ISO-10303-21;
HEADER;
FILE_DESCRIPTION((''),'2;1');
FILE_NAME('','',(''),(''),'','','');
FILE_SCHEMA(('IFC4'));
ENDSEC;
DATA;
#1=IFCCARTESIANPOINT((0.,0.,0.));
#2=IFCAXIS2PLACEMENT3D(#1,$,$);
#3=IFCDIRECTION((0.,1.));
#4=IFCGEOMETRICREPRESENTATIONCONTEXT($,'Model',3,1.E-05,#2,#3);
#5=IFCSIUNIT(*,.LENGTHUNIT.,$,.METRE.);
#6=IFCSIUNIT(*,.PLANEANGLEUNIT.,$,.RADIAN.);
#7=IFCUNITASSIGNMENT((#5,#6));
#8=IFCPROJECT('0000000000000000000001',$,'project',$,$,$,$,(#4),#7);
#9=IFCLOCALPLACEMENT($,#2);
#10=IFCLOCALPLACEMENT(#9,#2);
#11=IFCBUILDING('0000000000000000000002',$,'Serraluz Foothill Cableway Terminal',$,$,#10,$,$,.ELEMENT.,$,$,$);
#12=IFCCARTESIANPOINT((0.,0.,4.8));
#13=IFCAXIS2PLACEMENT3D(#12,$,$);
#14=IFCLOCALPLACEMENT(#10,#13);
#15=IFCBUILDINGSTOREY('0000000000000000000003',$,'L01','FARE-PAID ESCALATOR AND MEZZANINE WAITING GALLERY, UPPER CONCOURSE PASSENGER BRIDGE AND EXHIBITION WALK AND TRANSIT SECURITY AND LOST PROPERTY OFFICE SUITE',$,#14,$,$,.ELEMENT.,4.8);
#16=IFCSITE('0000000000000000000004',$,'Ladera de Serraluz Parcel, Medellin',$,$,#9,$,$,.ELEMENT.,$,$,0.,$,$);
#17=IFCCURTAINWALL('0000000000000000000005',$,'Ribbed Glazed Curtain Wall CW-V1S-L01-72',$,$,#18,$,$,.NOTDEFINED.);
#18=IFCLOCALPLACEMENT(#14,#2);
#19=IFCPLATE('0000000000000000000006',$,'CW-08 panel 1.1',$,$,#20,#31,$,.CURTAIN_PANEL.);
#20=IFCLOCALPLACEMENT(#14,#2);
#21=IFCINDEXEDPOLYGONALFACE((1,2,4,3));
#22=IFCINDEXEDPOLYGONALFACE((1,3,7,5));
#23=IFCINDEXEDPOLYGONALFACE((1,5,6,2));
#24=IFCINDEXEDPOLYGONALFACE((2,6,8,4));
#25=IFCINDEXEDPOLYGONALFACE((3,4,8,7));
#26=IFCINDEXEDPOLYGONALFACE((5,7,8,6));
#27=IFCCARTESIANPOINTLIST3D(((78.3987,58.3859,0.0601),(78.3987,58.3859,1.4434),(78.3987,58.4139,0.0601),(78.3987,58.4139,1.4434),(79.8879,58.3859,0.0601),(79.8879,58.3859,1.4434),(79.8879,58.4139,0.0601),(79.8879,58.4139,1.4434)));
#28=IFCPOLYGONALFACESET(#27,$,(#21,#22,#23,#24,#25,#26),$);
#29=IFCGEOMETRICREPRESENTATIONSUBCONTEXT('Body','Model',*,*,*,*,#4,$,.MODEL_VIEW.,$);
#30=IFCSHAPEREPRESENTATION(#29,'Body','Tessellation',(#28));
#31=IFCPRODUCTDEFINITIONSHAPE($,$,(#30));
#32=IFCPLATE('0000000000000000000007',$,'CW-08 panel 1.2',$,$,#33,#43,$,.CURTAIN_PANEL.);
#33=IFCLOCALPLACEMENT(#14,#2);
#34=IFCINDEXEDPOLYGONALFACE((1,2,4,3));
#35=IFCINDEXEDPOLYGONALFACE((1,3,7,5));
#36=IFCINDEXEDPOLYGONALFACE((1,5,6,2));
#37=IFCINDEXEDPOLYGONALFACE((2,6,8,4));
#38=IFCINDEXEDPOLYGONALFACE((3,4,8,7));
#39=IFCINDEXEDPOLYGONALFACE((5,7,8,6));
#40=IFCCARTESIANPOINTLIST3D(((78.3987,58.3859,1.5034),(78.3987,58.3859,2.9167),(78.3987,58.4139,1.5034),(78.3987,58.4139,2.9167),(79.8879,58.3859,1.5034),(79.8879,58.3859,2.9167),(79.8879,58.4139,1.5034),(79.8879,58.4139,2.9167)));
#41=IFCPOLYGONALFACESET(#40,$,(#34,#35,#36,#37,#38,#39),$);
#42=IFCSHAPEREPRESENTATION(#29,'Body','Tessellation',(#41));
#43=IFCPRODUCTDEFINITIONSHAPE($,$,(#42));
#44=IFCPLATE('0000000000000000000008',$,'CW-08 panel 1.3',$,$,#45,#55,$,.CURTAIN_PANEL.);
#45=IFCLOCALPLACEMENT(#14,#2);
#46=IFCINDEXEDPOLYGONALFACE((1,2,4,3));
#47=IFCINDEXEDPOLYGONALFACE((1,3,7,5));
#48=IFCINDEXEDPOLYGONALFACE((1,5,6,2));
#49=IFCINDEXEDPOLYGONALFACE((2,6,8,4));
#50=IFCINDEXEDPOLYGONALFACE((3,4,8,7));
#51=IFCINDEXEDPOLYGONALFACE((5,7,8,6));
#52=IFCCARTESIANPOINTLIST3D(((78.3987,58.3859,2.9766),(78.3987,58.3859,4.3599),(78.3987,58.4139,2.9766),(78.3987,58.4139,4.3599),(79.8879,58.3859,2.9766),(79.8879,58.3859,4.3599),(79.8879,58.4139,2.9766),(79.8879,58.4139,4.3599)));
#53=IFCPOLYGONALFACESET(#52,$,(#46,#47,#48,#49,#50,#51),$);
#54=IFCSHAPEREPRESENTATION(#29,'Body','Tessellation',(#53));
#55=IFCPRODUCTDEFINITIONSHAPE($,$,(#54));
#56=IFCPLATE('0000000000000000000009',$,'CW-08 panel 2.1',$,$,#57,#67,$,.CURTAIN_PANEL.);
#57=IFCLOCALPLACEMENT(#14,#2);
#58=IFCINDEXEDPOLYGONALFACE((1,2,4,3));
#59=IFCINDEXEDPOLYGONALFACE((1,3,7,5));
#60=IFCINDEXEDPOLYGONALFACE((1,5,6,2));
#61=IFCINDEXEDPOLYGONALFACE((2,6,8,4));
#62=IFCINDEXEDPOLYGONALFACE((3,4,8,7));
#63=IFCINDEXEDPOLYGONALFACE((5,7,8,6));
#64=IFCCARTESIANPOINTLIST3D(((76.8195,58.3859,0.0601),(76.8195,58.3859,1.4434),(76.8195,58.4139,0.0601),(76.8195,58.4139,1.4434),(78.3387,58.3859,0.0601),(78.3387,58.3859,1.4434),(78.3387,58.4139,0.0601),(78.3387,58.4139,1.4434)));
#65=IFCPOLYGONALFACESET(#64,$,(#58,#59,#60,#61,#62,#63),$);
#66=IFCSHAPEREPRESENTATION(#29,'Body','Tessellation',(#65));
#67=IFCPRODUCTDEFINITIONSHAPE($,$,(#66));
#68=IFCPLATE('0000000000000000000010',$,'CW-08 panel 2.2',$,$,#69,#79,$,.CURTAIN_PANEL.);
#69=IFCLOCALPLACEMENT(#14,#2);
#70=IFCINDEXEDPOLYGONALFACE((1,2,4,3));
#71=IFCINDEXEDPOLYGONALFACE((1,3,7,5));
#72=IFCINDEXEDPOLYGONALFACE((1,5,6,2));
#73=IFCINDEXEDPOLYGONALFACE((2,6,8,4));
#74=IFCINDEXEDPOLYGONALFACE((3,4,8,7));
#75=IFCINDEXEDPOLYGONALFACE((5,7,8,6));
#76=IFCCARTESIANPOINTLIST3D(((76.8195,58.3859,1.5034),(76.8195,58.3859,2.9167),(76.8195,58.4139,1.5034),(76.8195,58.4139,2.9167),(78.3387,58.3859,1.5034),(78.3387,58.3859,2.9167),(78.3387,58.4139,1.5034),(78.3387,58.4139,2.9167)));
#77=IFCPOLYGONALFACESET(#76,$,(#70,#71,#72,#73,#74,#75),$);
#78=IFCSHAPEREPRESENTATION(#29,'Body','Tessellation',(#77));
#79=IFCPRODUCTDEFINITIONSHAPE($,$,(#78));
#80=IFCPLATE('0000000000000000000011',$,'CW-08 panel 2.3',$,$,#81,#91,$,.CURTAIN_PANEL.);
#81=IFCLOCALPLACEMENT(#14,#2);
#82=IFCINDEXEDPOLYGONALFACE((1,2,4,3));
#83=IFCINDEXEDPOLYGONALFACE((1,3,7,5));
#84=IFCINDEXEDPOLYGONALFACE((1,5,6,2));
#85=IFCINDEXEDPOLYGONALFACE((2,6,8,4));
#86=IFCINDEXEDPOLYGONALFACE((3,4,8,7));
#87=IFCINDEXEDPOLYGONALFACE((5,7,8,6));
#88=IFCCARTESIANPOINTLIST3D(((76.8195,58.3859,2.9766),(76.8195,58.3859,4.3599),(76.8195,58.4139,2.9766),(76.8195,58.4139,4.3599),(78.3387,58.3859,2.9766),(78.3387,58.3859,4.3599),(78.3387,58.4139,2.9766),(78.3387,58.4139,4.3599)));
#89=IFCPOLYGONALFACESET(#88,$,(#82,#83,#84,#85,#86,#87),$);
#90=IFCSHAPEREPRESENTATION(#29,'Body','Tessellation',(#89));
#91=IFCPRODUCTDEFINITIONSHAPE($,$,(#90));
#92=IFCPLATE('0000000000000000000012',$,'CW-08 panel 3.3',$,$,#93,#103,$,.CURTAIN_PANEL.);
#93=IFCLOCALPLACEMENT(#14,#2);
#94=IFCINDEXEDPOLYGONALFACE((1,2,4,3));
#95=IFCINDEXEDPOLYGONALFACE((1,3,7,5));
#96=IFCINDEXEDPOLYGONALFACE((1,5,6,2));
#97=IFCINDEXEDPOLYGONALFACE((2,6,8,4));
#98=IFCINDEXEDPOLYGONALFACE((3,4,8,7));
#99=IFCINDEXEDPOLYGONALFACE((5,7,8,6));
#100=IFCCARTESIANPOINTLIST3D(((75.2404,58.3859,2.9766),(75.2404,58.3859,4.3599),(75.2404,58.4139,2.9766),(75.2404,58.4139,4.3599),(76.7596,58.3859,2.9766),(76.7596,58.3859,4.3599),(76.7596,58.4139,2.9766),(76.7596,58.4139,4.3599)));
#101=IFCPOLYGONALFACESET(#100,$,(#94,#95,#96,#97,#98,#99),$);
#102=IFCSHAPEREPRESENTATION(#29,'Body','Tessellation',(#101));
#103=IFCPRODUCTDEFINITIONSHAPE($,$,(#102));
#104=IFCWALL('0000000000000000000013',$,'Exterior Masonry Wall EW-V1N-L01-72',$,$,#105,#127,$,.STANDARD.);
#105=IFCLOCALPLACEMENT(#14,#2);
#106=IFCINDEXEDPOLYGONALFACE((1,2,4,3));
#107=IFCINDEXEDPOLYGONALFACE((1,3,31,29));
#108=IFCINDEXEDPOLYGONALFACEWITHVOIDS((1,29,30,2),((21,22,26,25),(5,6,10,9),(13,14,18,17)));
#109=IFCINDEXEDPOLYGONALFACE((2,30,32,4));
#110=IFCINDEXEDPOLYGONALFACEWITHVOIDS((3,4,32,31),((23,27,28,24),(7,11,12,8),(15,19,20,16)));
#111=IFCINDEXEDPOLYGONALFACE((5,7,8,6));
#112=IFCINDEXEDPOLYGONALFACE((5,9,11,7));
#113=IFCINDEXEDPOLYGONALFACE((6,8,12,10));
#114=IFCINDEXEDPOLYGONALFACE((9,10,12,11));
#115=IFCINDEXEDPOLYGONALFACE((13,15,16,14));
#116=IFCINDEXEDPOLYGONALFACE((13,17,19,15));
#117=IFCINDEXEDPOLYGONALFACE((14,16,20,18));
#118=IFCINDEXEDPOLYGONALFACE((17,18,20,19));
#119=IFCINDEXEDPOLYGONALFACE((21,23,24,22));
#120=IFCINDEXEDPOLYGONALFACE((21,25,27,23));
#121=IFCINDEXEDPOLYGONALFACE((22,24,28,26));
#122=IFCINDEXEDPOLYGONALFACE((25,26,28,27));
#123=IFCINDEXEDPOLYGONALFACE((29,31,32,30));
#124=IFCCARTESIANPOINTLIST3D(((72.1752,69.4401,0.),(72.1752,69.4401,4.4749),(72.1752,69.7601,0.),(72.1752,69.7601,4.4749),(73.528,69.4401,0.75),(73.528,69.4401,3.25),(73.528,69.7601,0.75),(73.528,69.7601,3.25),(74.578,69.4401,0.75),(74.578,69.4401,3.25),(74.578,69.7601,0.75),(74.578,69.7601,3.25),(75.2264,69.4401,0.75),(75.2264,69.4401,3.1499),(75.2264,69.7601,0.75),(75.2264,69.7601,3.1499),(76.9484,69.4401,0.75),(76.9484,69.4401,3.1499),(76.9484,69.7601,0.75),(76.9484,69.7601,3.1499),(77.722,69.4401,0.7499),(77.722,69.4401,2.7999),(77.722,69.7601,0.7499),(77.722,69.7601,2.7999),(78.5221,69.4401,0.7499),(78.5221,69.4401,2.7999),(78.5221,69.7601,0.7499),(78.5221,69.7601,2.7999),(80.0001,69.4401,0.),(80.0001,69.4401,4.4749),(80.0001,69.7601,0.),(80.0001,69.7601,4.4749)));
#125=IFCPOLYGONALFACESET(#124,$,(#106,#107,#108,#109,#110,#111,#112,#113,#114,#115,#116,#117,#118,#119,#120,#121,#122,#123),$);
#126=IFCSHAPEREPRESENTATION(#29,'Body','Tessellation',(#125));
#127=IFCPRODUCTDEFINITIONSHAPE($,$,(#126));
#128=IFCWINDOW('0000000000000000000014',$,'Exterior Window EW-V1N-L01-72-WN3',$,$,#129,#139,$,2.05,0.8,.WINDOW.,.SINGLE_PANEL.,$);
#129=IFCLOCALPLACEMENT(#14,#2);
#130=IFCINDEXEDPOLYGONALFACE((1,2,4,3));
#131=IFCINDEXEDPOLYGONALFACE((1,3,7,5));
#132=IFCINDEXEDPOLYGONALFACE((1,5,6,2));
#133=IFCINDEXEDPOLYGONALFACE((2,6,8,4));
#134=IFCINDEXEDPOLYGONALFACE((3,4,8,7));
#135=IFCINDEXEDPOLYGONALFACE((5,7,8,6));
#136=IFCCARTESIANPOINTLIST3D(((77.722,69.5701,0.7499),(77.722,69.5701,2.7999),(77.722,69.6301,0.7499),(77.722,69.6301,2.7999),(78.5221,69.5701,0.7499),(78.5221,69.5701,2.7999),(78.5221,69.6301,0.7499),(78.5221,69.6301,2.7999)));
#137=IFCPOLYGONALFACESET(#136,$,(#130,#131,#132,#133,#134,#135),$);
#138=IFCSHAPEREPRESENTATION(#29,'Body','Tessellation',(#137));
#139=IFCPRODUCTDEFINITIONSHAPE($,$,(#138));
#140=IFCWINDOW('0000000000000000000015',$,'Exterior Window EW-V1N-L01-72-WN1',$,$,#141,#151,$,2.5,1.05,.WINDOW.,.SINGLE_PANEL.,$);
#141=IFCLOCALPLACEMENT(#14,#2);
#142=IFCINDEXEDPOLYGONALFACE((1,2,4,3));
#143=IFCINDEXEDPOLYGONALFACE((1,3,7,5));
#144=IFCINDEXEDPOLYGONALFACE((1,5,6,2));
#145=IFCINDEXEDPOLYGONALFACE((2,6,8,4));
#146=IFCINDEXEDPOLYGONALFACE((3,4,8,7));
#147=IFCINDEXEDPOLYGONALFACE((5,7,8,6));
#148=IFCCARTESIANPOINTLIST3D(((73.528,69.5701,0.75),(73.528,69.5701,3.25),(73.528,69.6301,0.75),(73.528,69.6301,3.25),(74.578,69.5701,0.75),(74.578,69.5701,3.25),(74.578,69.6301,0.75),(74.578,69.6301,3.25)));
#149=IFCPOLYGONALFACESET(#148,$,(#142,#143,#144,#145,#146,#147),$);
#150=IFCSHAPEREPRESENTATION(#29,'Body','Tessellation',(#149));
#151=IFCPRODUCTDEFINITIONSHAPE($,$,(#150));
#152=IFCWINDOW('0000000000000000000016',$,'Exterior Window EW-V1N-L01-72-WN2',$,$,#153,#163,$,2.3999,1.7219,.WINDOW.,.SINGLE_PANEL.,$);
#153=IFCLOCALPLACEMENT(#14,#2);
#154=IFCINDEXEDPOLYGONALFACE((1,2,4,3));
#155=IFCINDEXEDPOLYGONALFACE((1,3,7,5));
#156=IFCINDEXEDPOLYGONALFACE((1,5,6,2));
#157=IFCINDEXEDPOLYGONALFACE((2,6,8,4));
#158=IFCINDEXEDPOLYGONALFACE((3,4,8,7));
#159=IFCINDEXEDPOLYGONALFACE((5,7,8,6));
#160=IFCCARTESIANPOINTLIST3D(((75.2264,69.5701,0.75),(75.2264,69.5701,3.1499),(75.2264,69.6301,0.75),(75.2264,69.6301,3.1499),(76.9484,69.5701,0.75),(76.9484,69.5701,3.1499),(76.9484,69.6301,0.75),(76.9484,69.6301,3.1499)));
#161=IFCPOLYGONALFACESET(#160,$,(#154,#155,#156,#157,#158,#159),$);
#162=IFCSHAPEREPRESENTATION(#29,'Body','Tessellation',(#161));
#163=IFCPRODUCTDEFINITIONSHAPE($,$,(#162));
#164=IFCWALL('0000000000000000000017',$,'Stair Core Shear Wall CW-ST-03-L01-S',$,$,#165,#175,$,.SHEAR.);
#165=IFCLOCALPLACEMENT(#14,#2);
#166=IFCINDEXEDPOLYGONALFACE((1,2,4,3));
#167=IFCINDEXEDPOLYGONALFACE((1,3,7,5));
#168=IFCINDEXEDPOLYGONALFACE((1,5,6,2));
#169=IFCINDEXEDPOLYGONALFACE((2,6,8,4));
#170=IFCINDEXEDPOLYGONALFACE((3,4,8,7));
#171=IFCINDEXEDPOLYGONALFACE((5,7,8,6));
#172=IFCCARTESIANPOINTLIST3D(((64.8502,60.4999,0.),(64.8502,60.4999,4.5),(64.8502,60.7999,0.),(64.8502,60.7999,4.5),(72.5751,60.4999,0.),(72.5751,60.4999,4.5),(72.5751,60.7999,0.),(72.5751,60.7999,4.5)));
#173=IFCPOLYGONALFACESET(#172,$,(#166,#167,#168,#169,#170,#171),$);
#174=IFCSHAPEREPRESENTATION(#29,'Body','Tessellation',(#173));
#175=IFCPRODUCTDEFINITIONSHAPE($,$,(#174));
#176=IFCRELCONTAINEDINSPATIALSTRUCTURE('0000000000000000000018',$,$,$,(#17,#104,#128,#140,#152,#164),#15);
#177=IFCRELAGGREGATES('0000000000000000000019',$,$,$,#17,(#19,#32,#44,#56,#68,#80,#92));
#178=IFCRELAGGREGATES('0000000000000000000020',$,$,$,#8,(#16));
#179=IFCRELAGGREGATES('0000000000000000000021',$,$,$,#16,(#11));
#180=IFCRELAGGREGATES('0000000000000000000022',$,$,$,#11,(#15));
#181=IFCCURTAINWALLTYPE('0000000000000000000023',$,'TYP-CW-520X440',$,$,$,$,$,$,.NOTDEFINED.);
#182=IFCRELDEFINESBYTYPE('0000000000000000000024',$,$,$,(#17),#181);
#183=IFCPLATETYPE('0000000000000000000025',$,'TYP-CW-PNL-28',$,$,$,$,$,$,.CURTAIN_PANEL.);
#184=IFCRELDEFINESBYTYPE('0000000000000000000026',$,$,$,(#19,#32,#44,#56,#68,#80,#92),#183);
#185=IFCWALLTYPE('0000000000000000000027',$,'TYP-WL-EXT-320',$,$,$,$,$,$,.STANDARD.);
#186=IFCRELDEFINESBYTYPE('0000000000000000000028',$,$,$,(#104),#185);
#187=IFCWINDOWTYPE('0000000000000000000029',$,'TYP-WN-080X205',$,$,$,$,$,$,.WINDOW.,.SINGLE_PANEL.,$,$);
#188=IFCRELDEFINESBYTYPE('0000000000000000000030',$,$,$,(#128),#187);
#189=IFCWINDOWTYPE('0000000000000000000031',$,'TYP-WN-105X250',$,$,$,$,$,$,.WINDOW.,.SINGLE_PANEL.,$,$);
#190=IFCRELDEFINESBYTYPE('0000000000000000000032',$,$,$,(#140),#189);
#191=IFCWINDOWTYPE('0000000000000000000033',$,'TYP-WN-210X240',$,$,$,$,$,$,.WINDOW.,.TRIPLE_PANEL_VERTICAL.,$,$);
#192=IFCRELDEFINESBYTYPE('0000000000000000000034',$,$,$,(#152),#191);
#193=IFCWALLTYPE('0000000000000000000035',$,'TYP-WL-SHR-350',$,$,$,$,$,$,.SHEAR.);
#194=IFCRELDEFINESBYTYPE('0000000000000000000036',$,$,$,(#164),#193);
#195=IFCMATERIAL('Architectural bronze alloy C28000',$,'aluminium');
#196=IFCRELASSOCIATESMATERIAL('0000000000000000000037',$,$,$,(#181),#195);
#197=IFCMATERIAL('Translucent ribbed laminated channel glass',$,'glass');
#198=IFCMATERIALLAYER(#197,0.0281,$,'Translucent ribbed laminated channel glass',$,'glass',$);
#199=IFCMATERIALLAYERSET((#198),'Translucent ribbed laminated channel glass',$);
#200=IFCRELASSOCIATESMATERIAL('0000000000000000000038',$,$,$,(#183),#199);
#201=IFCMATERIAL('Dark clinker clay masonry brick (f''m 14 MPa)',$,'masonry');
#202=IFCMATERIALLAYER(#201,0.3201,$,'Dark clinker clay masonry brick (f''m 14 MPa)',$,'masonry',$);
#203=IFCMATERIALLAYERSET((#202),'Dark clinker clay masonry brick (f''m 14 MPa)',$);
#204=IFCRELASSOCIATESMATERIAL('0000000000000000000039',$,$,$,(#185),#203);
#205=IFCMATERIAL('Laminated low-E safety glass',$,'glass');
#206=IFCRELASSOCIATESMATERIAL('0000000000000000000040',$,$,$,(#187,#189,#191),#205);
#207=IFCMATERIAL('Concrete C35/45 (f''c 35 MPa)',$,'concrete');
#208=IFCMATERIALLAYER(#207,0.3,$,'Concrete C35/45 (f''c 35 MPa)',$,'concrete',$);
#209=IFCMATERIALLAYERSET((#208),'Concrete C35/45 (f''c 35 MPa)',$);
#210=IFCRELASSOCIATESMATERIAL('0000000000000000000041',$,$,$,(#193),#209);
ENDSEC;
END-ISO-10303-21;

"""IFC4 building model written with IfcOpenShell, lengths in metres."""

from ifc_helpers import new_model, si_unit, direction, frame, frame_2d, origin, origin_2d, place, context, subcontext, project, spatial, rectangle, extrude, material, layer, layer_set, type_object, element, fill, aggregate, save


model = new_model("IFC4")

# Units and contexts
model_context = context("Model", 3, precision=1e-05, world=origin(), true_north=direction((0.0, 1.0)))
body_context = subcontext(model_context, "Body", "Model", "MODEL_VIEW")
ifc_project = project(units=[si_unit("LENGTHUNIT", "METRE"), si_unit("PLANEANGLEUNIT", "RADIAN")], contexts=[model_context])

# Site, building, storey
site_placement = place(None, origin())
site = spatial("IfcSite", under=ifc_project, at=site_placement, Name="Ladera de Serraluz Parcel, Medellin", CompositionType="ELEMENT", RefElevation=0.0)
building_placement = place(site_placement, origin())
building = spatial("IfcBuilding", under=site, at=building_placement, Name="Serraluz Foothill Cableway Terminal", CompositionType="ELEMENT")
storey_placement = place(building_placement, frame((0.0, 0.0, 4.8)))
storey = spatial("IfcBuildingStorey", under=building, at=storey_placement, Name="L01", Description="FARE-PAID ESCALATOR AND MEZZANINE WAITING GALLERY, UPPER CONCOURSE PASSENGER BRIDGE AND EXHIBITION WALK AND TRANSIT SECURITY AND LOST PROPERTY OFFICE SUITE", CompositionType="ELEMENT", Elevation=4.8)

# Shared definitions
ifc_material_1 = material(Name="Concrete C35/45 (f'c 35 MPa)", Category="concrete")
ifc_material_2 = material(Name="Dark clinker clay masonry brick (f'm 14 MPa)", Category="masonry")

# Curtain wall
ifc_material_3 = material(Name="Architectural bronze alloy C28000", Category="aluminium")
curtain_wall_type = type_object("IfcCurtainWallType", Name="TYP-CW-520X440", PredefinedType="NOTDEFINED", material=ifc_material_3)
curtain_wall_placement = place(storey_placement, origin())
curtain_wall = element("IfcCurtainWall", 1, at=curtain_wall_placement, inside=storey, type_object=curtain_wall_type, Name="Ribbed Glazed Curtain Wall CW-V1S-L01-72", PredefinedType="NOTDEFINED")

# Plates
ifc_material_4 = material(Name="Translucent ribbed laminated channel glass", Category="glass")
ifc_layer_1 = layer(ifc_material_4, 0.0281, Name="Translucent ribbed laminated channel glass", Category="glass")
ifc_layer_set_1 = layer_set([ifc_layer_1], Name="Translucent ribbed laminated channel glass")
plate_type = type_object("IfcPlateType", Name="TYP-CW-PNL-28", PredefinedType="CURTAIN_PANEL", material=ifc_layer_set_1)
plate_1_placement = place(storey_placement, frame((79.1433, 58.3999, 0.0601), z_axis=(0.0, 0.0, 1.0), x_axis=(-1.0, 0.0, 0.0)))
plate_1 = element("IfcPlate", 2, at=plate_1_placement, type_object=plate_type, Name="CW-08 panel 1.1", PredefinedType="CURTAIN_PANEL", context=body_context, shape_type="SweptSolid", body=[
    extrude(rectangle(XDim=1.4893, YDim=0.0281, at=origin_2d()), origin(), (0.0, 0.0, 1.0), 1.3833),
])
plate_2_placement = place(storey_placement, frame((79.1433, 58.3999, 1.5034), z_axis=(0.0, 0.0, 1.0), x_axis=(-1.0, 0.0, 0.0)))
plate_2 = element("IfcPlate", 3, at=plate_2_placement, type_object=plate_type, Name="CW-08 panel 1.2", PredefinedType="CURTAIN_PANEL", context=body_context, shape_type="SweptSolid", body=[
    extrude(rectangle(XDim=1.4893, YDim=0.0281, at=origin_2d()), origin(), (0.0, 0.0, 1.0), 1.4133),
])
plate_3_placement = place(storey_placement, frame((79.1433, 58.3999, 2.9766), z_axis=(0.0, 0.0, 1.0), x_axis=(-1.0, 0.0, 0.0)))
plate_3 = element("IfcPlate", 4, at=plate_3_placement, type_object=plate_type, Name="CW-08 panel 1.3", PredefinedType="CURTAIN_PANEL", context=body_context, shape_type="SweptSolid", body=[
    extrude(rectangle(XDim=1.4893, YDim=0.0281, at=origin_2d()), origin(), (0.0, 0.0, 1.0), 1.3833),
])
plate_4_placement = place(storey_placement, frame((77.5791, 58.3999, 0.0601), z_axis=(0.0, 0.0, 1.0), x_axis=(-1.0, 0.0, 0.0)))
plate_4 = element("IfcPlate", 5, at=plate_4_placement, type_object=plate_type, Name="CW-08 panel 2.1", PredefinedType="CURTAIN_PANEL", context=body_context, shape_type="SweptSolid", body=[
    extrude(rectangle(XDim=1.5193, YDim=0.0281, at=origin_2d()), origin(), (0.0, 0.0, 1.0), 1.3833),
])
plate_5_placement = place(storey_placement, frame((77.5791, 58.3999, 1.5034), z_axis=(0.0, 0.0, 1.0), x_axis=(-1.0, 0.0, 0.0)))
plate_5 = element("IfcPlate", 6, at=plate_5_placement, type_object=plate_type, Name="CW-08 panel 2.2", PredefinedType="CURTAIN_PANEL", context=body_context, shape_type="SweptSolid", body=[
    extrude(rectangle(XDim=1.5193, YDim=0.0281, at=origin_2d()), origin(), (0.0, 0.0, 1.0), 1.4133),
])
plate_6_placement = place(storey_placement, frame((77.5791, 58.3999, 2.9766), z_axis=(0.0, 0.0, 1.0), x_axis=(-1.0, 0.0, 0.0)))
plate_6 = element("IfcPlate", 7, at=plate_6_placement, type_object=plate_type, Name="CW-08 panel 2.3", PredefinedType="CURTAIN_PANEL", context=body_context, shape_type="SweptSolid", body=[
    extrude(rectangle(XDim=1.5193, YDim=0.0281, at=origin_2d()), origin(), (0.0, 0.0, 1.0), 1.3833),
])
plate_7_placement = place(storey_placement, frame((76.0, 58.3999, 2.9766), z_axis=(0.0, 0.0, 1.0), x_axis=(-1.0, 0.0, 0.0)))
plate_7 = element("IfcPlate", 8, at=plate_7_placement, type_object=plate_type, Name="CW-08 panel 3.3", PredefinedType="CURTAIN_PANEL", context=body_context, shape_type="SweptSolid", body=[
    extrude(rectangle(XDim=1.5193, YDim=0.0281, at=origin_2d()), origin(), (0.0, 0.0, 1.0), 1.3833),
])
aggregate(curtain_wall, [plate_1, plate_2, plate_3, plate_4, plate_5, plate_6, plate_7])

# Wall, openings, windows
ifc_layer_2 = layer(ifc_material_2, 0.3201, Name="Dark clinker clay masonry brick (f'm 14 MPa)", Category="masonry")
ifc_layer_set_2 = layer_set([ifc_layer_2], Name="Dark clinker clay masonry brick (f'm 14 MPa)")
wall_type_1 = type_object("IfcWallType", Name="TYP-WL-EXT-320", PredefinedType="STANDARD", material=ifc_layer_set_2)
wall_1_placement = place(storey_placement, frame((72.175, 69.6001, 0.0), z_axis=(0.0, 0.0, 1.0), x_axis=(1.0, 0.0, 0.0)))
wall_1 = element("IfcWall", 9, at=wall_1_placement, inside=storey, type_object=wall_type_1, Name="Exterior Masonry Wall EW-V1N-L01-72", PredefinedType="STANDARD", context=body_context, shape_type="SweptSolid", body=[
    extrude(rectangle(XDim=7.825, YDim=0.3201, at=frame_2d((3.9126, 0.0))), origin(), (0.0, 0.0, 1.0), 4.4749),
])
opening_1_placement = place(wall_1_placement, frame((1.353, 0.0, 0.75)))
opening_1 = element("IfcOpeningElement", 10, at=opening_1_placement, cuts=wall_1, PredefinedType="OPENING", context=body_context, shape_type="SweptSolid", body=[
    extrude(rectangle(XDim=1.05, YDim=2.5, at=frame_2d((0.5249, 1.25))), frame((0.0, 0.1699, 0.0), z_axis=(0.0, -1.0, 0.0), x_axis=(1.0, 0.0, 0.0)), (0.0, 0.0, 1.0), 0.3401),
])
opening_2_placement = place(wall_1_placement, frame((3.0515, 0.0, 0.75)))
opening_2 = element("IfcOpeningElement", 11, at=opening_2_placement, cuts=wall_1, PredefinedType="OPENING", context=body_context, shape_type="SweptSolid", body=[
    extrude(rectangle(XDim=1.7219, YDim=2.3999, at=frame_2d((0.8608, 1.2))), frame((0.0, 0.1699, 0.0), z_axis=(0.0, -1.0, 0.0), x_axis=(1.0, 0.0, 0.0)), (0.0, 0.0, 1.0), 0.3401),
])
opening_3_placement = place(wall_1_placement, frame((5.5471, 0.0, 0.75)))
opening_3 = element("IfcOpeningElement", 12, at=opening_3_placement, cuts=wall_1, PredefinedType="OPENING", context=body_context, shape_type="SweptSolid", body=[
    extrude(rectangle(XDim=0.8, YDim=2.05, at=frame_2d((0.3999, 1.0249))), frame((0.0, 0.1699, 0.0), z_axis=(0.0, -1.0, 0.0), x_axis=(1.0, 0.0, 0.0)), (0.0, 0.0, 1.0), 0.3401),
])
ifc_material_5 = material(Name="Laminated low-E safety glass", Category="glass")
window_type_1 = type_object("IfcWindowType", Name="TYP-WN-080X205", PartitioningType="SINGLE_PANEL", PredefinedType="WINDOW", material=ifc_material_5)
window_1_placement = place(opening_3_placement, origin())
window_1 = element("IfcWindow", 13, at=window_1_placement, inside=storey, type_object=window_type_1, Name="Exterior Window EW-V1N-L01-72-WN3", OverallHeight=2.05, OverallWidth=0.8, PartitioningType="SINGLE_PANEL", PredefinedType="WINDOW", context=body_context, shape_type="SweptSolid", body=[
    extrude(rectangle(XDim=0.8, YDim=2.05, at=frame_2d((0.3999, 1.0249))), frame((0.0, 0.03, 0.0), z_axis=(0.0, -1.0, 0.0), x_axis=(1.0, 0.0, 0.0)), (0.0, 0.0, 1.0), 0.0601),
])
fill(opening_3, window_1)
window_type_2 = type_object("IfcWindowType", Name="TYP-WN-105X250", PartitioningType="SINGLE_PANEL", PredefinedType="WINDOW", material=ifc_material_5)
window_2_placement = place(opening_1_placement, origin())
window_2 = element("IfcWindow", 14, at=window_2_placement, inside=storey, type_object=window_type_2, Name="Exterior Window EW-V1N-L01-72-WN1", OverallHeight=2.5, OverallWidth=1.05, PartitioningType="SINGLE_PANEL", PredefinedType="WINDOW", context=body_context, shape_type="SweptSolid", body=[
    extrude(rectangle(XDim=1.05, YDim=2.5, at=frame_2d((0.5249, 1.25))), frame((0.0, 0.03, 0.0), z_axis=(0.0, -1.0, 0.0), x_axis=(1.0, 0.0, 0.0)), (0.0, 0.0, 1.0), 0.0601),
])
fill(opening_1, window_2)
window_type_3 = type_object("IfcWindowType", Name="TYP-WN-210X240", PartitioningType="TRIPLE_PANEL_VERTICAL", PredefinedType="WINDOW", material=ifc_material_5)
window_3_placement = place(opening_2_placement, origin())
window_3 = element("IfcWindow", 15, at=window_3_placement, inside=storey, type_object=window_type_3, Name="Exterior Window EW-V1N-L01-72-WN2", OverallHeight=2.3999, OverallWidth=1.7219, PartitioningType="SINGLE_PANEL", PredefinedType="WINDOW", context=body_context, shape_type="SweptSolid", body=[
    extrude(rectangle(XDim=1.7219, YDim=2.3999, at=frame_2d((0.8608, 1.2))), frame((0.0, 0.03, 0.0), z_axis=(0.0, -1.0, 0.0), x_axis=(1.0, 0.0, 0.0)), (0.0, 0.0, 1.0), 0.0601),
])
fill(opening_2, window_3)

# Wall
ifc_layer_3 = layer(ifc_material_1, 0.3, Name="Concrete C35/45 (f'c 35 MPa)", Category="concrete")
ifc_layer_set_3 = layer_set([ifc_layer_3], Name="Concrete C35/45 (f'c 35 MPa)")
wall_type_2 = type_object("IfcWallType", Name="TYP-WL-SHR-350", PredefinedType="SHEAR", material=ifc_layer_set_3)
wall_2_placement = place(storey_placement, frame((72.575, 60.6499, 0.0), z_axis=(0.0, 0.0, 1.0), x_axis=(-1.0, 0.0, 0.0)))
element("IfcWall", 16, at=wall_2_placement, inside=storey, type_object=wall_type_2, Name="Stair Core Shear Wall CW-ST-03-L01-S", PredefinedType="SHEAR", context=body_context, shape_type="SweptSolid", body=[
    extrude(rectangle(XDim=7.7249, YDim=0.3, at=frame_2d((3.8623, 0.0))), origin(), (0.0, 0.0, 1.0), 4.5),
])

save(model, "model.ifc")
